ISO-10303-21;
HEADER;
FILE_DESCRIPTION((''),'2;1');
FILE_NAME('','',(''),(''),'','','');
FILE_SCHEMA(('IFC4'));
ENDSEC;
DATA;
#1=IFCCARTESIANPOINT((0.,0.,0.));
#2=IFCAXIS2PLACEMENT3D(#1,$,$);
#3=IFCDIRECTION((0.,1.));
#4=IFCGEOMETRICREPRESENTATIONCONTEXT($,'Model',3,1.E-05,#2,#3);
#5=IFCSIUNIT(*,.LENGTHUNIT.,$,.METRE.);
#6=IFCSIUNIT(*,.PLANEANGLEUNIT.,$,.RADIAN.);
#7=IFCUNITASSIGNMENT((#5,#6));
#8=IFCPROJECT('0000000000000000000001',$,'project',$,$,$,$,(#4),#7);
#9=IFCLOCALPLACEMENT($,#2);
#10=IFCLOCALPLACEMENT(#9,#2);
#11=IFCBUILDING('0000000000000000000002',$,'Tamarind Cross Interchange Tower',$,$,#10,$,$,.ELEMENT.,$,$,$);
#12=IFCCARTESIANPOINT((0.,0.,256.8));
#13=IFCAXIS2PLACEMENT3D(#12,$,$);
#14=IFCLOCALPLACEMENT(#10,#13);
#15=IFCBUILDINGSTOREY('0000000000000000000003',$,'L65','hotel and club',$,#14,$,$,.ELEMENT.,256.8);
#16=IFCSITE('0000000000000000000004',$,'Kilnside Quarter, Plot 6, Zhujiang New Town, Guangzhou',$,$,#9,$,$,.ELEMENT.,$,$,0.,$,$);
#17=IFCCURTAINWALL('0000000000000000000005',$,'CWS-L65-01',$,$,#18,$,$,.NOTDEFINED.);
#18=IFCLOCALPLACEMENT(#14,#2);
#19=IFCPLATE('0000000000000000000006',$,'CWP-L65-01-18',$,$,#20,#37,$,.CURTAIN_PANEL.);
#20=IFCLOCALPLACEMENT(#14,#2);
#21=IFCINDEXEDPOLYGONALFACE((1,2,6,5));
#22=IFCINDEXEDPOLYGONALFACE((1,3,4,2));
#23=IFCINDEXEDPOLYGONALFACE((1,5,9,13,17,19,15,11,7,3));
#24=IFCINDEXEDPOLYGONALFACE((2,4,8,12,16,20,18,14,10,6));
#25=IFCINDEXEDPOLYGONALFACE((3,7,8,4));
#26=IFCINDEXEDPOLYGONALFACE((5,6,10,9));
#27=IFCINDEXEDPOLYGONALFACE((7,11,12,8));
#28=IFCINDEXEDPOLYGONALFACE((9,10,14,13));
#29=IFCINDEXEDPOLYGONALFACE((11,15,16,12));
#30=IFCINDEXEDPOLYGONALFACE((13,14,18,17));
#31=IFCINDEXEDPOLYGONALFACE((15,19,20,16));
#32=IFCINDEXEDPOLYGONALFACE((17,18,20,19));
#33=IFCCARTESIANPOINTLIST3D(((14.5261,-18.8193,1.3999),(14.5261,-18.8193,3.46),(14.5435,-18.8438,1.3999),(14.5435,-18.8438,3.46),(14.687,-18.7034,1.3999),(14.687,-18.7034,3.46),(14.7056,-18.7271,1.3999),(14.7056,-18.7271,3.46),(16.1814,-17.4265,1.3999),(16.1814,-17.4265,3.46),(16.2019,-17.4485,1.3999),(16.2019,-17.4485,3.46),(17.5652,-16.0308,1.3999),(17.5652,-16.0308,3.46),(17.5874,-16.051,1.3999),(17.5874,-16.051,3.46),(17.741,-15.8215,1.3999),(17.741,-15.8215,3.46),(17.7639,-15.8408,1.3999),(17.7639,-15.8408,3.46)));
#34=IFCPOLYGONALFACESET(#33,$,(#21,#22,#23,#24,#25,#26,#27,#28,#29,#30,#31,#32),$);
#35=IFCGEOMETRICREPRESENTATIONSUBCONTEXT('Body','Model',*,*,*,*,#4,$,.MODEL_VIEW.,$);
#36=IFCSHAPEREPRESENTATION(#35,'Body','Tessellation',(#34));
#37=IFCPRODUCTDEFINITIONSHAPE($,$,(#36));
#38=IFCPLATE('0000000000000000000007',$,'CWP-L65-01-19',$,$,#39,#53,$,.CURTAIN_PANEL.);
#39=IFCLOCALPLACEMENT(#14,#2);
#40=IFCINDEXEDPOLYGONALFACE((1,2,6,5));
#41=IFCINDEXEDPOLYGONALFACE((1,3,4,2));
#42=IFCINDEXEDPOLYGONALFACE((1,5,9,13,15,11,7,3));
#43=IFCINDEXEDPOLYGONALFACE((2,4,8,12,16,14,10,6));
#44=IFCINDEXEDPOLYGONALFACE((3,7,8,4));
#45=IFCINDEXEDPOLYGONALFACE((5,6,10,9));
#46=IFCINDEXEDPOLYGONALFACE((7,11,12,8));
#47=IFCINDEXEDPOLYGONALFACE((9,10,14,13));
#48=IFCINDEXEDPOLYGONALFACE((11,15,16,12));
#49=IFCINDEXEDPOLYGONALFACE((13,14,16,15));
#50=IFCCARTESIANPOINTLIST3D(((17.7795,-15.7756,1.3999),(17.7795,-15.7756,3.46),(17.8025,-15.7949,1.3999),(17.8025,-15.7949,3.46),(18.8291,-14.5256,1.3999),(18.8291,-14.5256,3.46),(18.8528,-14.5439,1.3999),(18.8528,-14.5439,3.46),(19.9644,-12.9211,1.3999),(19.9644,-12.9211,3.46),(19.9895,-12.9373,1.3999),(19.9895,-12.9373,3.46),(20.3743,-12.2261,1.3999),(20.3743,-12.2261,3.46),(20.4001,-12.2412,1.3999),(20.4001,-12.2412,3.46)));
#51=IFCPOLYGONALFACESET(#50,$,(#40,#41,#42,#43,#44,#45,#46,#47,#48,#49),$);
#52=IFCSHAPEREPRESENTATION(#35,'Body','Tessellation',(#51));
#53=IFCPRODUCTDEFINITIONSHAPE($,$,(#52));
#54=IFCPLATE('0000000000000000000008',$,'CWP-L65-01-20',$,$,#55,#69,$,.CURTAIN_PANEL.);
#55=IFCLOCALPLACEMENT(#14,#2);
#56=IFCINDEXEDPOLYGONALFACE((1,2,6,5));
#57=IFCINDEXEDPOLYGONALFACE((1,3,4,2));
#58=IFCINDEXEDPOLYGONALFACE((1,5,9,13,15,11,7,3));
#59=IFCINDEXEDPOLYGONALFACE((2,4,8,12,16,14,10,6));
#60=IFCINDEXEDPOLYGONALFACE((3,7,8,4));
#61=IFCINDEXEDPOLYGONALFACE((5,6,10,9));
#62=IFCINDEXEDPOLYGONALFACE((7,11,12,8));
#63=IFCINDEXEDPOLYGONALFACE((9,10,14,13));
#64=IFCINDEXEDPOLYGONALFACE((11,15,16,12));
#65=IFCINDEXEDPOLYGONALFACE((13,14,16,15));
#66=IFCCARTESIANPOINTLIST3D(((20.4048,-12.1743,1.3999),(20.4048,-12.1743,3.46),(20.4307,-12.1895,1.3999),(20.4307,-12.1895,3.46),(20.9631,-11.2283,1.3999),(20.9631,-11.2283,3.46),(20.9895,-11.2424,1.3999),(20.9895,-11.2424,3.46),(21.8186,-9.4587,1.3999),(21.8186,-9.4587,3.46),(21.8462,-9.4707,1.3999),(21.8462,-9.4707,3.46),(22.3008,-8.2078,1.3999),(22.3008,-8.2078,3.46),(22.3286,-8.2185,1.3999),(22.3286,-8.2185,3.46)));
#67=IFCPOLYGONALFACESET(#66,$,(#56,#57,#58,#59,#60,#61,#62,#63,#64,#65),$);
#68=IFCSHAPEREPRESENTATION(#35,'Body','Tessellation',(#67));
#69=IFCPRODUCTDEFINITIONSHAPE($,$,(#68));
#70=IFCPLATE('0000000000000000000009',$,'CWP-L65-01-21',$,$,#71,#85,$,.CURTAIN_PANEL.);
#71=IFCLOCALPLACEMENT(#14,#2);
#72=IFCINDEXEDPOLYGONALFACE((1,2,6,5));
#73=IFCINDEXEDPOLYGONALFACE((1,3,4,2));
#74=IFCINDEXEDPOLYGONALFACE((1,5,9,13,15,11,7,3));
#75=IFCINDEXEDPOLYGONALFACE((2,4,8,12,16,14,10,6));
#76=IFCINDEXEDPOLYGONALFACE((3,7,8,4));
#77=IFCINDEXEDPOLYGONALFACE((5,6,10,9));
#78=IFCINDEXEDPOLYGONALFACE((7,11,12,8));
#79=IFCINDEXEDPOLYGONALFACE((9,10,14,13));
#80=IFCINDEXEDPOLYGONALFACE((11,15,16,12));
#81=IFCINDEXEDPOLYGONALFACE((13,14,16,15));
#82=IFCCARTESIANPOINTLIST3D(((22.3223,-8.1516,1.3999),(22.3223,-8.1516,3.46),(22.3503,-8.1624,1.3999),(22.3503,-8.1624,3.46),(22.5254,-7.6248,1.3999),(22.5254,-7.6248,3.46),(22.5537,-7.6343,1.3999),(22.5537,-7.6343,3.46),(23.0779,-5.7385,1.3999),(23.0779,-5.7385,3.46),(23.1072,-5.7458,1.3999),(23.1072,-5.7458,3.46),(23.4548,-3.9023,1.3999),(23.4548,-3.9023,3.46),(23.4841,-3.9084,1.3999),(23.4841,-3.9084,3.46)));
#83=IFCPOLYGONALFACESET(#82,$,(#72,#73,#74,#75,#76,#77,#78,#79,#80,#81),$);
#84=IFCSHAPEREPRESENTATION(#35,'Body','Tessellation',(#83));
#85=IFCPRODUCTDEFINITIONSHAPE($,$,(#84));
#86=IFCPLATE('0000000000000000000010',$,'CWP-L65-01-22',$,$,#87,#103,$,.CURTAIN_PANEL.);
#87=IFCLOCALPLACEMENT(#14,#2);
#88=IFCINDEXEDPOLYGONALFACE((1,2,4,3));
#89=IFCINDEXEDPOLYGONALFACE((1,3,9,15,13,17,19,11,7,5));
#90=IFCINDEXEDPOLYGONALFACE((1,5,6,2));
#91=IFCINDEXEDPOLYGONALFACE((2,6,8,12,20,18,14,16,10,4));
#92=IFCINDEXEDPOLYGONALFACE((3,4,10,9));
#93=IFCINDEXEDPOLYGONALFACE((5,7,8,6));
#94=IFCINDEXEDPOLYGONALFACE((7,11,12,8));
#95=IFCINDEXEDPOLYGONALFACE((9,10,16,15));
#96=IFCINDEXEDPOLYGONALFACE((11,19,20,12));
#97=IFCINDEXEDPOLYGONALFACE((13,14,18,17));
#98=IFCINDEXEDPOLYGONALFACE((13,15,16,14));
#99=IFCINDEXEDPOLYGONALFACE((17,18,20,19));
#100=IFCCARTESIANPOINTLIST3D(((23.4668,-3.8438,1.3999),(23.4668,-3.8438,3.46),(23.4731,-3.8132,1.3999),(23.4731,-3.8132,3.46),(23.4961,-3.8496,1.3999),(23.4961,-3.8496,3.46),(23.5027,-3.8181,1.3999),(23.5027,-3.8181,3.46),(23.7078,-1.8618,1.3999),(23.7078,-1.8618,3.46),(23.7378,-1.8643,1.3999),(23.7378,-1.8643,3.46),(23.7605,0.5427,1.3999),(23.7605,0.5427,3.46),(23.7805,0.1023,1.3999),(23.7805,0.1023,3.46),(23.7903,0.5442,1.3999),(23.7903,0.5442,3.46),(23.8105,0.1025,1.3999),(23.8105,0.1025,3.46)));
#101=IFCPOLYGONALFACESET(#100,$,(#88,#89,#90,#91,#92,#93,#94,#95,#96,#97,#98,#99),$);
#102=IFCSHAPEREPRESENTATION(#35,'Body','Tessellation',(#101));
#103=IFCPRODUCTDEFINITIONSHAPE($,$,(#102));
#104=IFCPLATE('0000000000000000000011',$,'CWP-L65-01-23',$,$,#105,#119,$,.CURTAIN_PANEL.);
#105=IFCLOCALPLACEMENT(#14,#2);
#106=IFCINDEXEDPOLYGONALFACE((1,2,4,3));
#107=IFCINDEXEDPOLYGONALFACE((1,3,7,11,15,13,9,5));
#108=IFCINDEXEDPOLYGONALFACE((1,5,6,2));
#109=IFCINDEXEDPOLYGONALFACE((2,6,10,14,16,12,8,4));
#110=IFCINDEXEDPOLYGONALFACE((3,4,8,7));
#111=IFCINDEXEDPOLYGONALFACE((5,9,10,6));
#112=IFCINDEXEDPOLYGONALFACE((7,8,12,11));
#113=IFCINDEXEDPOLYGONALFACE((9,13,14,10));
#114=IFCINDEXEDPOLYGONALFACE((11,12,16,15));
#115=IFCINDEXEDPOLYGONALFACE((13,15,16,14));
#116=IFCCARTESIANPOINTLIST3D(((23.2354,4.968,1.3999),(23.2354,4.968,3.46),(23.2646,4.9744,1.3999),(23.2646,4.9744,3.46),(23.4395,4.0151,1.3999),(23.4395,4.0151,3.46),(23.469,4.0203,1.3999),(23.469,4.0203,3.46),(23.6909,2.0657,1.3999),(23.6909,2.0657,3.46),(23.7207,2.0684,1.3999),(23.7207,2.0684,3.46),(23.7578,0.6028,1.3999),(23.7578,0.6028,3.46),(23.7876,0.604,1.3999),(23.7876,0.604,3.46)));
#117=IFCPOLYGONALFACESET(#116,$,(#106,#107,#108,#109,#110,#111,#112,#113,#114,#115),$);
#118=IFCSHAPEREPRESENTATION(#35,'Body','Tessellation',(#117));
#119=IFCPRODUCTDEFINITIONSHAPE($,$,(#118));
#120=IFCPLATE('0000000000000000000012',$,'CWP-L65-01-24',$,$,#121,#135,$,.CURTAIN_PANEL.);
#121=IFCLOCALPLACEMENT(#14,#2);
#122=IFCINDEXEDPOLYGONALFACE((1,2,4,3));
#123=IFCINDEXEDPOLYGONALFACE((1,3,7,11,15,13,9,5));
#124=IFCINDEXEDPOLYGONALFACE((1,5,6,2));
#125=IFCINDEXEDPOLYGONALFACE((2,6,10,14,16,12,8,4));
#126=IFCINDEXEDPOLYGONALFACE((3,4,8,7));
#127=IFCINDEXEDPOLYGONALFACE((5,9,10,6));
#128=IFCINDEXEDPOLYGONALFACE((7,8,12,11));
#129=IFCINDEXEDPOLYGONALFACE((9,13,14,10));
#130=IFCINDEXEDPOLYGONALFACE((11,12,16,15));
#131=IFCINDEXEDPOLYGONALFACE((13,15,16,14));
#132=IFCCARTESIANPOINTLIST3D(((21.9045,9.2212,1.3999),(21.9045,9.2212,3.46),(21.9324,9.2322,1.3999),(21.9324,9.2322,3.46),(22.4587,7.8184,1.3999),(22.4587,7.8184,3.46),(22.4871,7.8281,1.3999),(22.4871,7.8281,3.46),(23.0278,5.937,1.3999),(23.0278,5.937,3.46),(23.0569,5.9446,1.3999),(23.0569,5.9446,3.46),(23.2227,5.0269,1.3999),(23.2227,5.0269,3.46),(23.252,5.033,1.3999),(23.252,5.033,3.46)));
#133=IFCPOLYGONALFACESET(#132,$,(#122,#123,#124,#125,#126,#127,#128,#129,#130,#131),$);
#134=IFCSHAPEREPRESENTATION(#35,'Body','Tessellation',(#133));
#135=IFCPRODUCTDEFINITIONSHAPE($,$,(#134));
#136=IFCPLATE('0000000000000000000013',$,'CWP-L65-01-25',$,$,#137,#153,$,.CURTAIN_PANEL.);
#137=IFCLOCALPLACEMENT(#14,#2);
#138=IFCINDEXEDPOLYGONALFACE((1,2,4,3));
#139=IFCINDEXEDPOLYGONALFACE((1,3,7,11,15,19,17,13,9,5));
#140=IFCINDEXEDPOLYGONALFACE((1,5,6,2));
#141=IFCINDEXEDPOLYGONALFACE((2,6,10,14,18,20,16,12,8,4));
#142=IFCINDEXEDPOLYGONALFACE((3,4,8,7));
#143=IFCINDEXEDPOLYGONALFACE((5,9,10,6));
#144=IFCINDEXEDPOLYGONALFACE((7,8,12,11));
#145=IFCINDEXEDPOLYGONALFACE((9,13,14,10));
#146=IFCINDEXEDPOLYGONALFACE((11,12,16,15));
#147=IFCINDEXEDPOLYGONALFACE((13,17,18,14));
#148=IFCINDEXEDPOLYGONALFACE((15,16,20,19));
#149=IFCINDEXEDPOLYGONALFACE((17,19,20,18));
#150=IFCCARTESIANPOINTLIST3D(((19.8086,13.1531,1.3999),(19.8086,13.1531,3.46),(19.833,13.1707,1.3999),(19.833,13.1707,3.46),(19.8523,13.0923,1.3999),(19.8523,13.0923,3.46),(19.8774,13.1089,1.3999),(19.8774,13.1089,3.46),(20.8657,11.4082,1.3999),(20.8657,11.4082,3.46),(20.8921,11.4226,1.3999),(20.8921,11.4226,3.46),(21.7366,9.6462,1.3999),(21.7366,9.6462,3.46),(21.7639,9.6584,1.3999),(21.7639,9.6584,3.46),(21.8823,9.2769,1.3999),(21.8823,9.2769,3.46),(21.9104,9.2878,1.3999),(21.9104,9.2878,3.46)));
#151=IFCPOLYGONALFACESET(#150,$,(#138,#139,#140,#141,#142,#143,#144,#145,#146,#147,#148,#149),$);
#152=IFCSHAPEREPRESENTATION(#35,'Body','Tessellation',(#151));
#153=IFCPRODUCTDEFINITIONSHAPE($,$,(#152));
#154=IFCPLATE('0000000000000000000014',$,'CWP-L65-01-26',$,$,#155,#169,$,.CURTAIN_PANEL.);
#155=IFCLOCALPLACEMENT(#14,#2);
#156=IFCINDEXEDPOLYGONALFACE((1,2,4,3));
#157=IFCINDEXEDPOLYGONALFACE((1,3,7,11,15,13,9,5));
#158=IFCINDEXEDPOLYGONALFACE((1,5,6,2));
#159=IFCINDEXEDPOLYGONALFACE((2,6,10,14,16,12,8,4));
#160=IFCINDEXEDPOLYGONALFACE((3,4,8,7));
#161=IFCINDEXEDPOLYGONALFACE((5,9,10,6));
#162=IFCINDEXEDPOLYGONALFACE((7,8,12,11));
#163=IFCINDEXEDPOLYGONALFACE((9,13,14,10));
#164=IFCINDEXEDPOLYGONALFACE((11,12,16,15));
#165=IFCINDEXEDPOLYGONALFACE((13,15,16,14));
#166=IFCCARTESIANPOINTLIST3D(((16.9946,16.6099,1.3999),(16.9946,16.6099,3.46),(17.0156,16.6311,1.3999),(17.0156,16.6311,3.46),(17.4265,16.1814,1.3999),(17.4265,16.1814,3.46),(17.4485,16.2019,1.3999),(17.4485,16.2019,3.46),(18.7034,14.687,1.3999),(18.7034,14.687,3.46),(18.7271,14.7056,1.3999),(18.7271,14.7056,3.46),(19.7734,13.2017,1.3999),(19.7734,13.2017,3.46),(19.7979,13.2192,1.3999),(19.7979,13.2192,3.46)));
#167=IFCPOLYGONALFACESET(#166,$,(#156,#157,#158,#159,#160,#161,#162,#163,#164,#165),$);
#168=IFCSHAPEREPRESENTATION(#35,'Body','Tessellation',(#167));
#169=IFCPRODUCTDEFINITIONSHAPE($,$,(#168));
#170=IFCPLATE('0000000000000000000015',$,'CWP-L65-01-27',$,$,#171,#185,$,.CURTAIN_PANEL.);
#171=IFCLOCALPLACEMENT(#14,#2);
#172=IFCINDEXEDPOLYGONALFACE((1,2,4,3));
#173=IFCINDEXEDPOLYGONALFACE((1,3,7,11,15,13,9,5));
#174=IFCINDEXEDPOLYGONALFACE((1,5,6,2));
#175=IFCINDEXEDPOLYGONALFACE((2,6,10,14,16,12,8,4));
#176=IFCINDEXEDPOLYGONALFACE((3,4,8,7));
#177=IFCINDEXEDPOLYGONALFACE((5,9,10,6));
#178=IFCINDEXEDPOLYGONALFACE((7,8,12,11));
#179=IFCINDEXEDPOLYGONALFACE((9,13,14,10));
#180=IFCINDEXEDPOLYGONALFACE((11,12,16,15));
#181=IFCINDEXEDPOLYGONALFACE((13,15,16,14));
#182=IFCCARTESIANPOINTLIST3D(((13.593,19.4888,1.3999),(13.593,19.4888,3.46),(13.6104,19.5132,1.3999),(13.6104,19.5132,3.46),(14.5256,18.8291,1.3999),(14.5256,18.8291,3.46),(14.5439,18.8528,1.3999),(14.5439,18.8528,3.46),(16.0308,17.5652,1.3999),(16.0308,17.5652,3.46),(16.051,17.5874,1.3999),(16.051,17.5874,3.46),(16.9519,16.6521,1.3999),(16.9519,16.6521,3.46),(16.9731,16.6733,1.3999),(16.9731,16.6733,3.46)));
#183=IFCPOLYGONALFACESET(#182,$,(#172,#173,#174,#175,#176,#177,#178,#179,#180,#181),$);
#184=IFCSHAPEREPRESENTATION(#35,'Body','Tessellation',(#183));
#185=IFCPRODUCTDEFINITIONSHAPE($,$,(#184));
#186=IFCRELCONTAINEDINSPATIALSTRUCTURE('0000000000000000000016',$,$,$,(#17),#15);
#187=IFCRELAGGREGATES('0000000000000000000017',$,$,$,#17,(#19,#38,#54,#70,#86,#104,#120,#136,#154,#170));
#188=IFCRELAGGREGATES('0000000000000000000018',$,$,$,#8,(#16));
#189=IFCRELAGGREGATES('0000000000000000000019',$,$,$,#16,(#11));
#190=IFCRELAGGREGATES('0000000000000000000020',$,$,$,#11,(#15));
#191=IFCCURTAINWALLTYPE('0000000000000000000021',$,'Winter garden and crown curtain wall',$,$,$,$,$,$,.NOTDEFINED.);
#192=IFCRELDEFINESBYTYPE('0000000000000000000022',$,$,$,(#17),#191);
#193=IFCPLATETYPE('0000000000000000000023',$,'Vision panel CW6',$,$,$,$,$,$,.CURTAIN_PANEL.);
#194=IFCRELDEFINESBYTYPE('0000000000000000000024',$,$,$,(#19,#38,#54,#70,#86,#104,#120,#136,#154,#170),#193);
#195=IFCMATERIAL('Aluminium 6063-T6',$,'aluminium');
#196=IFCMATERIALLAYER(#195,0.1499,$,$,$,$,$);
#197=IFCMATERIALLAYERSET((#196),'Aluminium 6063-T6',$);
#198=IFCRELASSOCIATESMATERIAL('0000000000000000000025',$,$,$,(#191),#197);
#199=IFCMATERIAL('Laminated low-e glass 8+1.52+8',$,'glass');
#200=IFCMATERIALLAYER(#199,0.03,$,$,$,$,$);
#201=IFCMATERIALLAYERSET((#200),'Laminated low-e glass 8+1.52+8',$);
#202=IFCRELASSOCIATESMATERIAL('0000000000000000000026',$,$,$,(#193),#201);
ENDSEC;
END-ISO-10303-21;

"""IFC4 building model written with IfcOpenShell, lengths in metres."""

from ifc_helpers import new_model, si_unit, direction, frame, origin, place, context, subcontext, project, spatial, polyline, outline, extrude, material, layer, layer_set, type_object, element, aggregate, save


model = new_model("IFC4")

# Units and contexts
model_context = context("Model", 3, precision=1e-05, world=origin(), true_north=direction((0.0, 1.0)))
body_context = subcontext(model_context, "Body", "Model", "MODEL_VIEW")
ifc_project = project(units=[si_unit("LENGTHUNIT", "METRE"), si_unit("PLANEANGLEUNIT", "RADIAN")], contexts=[model_context])

# Site, building, storey
site_placement = place(None, origin())
site = spatial("IfcSite", under=ifc_project, at=site_placement, Name="Kilnside Quarter, Plot 6, Zhujiang New Town, Guangzhou", CompositionType="ELEMENT", RefElevation=0.0)
building_placement = place(site_placement, origin())
building = spatial("IfcBuilding", under=site, at=building_placement, Name="Tamarind Cross Interchange Tower", CompositionType="ELEMENT")
storey_placement = place(building_placement, frame((0.0, 0.0, 256.8)))
storey = spatial("IfcBuildingStorey", under=building, at=storey_placement, Name="L65", Description="hotel and club", CompositionType="ELEMENT", Elevation=256.8)

# Curtain wall, plates
ifc_material_1 = material(Name="Aluminium 6063-T6", Category="aluminium")
ifc_layer_1 = layer(ifc_material_1, 0.1499)
ifc_layer_set_1 = layer_set([ifc_layer_1], Name="Aluminium 6063-T6")
curtain_wall_type = type_object("IfcCurtainWallType", Name="Winter garden and crown curtain wall", PredefinedType="NOTDEFINED", material=ifc_layer_set_1)
curtain_wall_placement = place(storey_placement, origin())
curtain_wall = element("IfcCurtainWall", 1, at=curtain_wall_placement, inside=storey, type_object=curtain_wall_type, Name="CWS-L65-01", PredefinedType="NOTDEFINED")
ifc_material_2 = material(Name="Laminated low-e glass 8+1.52+8", Category="glass")
ifc_layer_2 = layer(ifc_material_2, 0.03)
ifc_layer_set_2 = layer_set([ifc_layer_2], Name="Laminated low-e glass 8+1.52+8")
plate_type = type_object("IfcPlateType", Name="Vision panel CW6", PredefinedType="CURTAIN_PANEL", material=ifc_layer_set_2)
plate_1_placement = place(storey_placement, frame((0.0, 0.0, 1.3999)))
plate_1 = element("IfcPlate", 2, at=plate_1_placement, type_object=plate_type, Name="CWP-L65-01-18", PredefinedType="CURTAIN_PANEL", context=body_context, shape_type="SweptSolid", body=[
    extrude(outline(polyline([(14.5261, -18.8193), (14.687, -18.7034), (16.1814, -17.4265), (17.5652, -16.0308), (17.741, -15.8215), (17.7639, -15.8408), (17.5874, -16.051), (16.2019, -17.4485), (14.7056, -18.7271), (14.5435, -18.8438), (14.5261, -18.8193)])), origin(), (0.0, 0.0, 1.0), 2.0601),
])
plate_2_placement = place(storey_placement, frame((0.0, 0.0, 1.3999)))
plate_2 = element("IfcPlate", 3, at=plate_2_placement, type_object=plate_type, Name="CWP-L65-01-19", PredefinedType="CURTAIN_PANEL", context=body_context, shape_type="SweptSolid", body=[
    extrude(outline(polyline([(17.7795, -15.7756), (18.8291, -14.5256), (19.9644, -12.9211), (20.3743, -12.2261), (20.4001, -12.2412), (19.9895, -12.9373), (18.8528, -14.5439), (17.8025, -15.7949), (17.7795, -15.7756)])), origin(), (0.0, 0.0, 1.0), 2.0601),
])
plate_3_placement = place(storey_placement, frame((0.0, 0.0, 1.3999)))
plate_3 = element("IfcPlate", 4, at=plate_3_placement, type_object=plate_type, Name="CWP-L65-01-20", PredefinedType="CURTAIN_PANEL", context=body_context, shape_type="SweptSolid", body=[
    extrude(outline(polyline([(20.4048, -12.1743), (20.9631, -11.2283), (21.8186, -9.4587), (22.3008, -8.2078), (22.3286, -8.2185), (21.8462, -9.4707), (20.9895, -11.2424), (20.4307, -12.1895), (20.4048, -12.1743)])), origin(), (0.0, 0.0, 1.0), 2.0601),
])
plate_4_placement = place(storey_placement, frame((0.0, 0.0, 1.3999)))
plate_4 = element("IfcPlate", 5, at=plate_4_placement, type_object=plate_type, Name="CWP-L65-01-21", PredefinedType="CURTAIN_PANEL", context=body_context, shape_type="SweptSolid", body=[
    extrude(outline(polyline([(22.3223, -8.1516), (22.5254, -7.6248), (23.0779, -5.7385), (23.4548, -3.9023), (23.4841, -3.9084), (23.1072, -5.7458), (22.5537, -7.6343), (22.3503, -8.1624), (22.3223, -8.1516)])), origin(), (0.0, 0.0, 1.0), 2.0601),
])
plate_5_placement = place(storey_placement, frame((0.0, 0.0, 1.3999)))
plate_5 = element("IfcPlate", 6, at=plate_5_placement, type_object=plate_type, Name="CWP-L65-01-22", PredefinedType="CURTAIN_PANEL", context=body_context, shape_type="SweptSolid", body=[
    extrude(outline(polyline([(23.4668, -3.8438), (23.4731, -3.8132), (23.7078, -1.8618), (23.7805, 0.1023), (23.7605, 0.5427), (23.7903, 0.5442), (23.8105, 0.1025), (23.7378, -1.8643), (23.5027, -3.8181), (23.4961, -3.8496), (23.4668, -3.8438)])), origin(), (0.0, 0.0, 1.0), 2.0601),
])
plate_6_placement = place(storey_placement, frame((0.0, 0.0, 1.3999)))
plate_6 = element("IfcPlate", 7, at=plate_6_placement, type_object=plate_type, Name="CWP-L65-01-23", PredefinedType="CURTAIN_PANEL", context=body_context, shape_type="SweptSolid", body=[
    extrude(outline(polyline([(23.7578, 0.6028), (23.6909, 2.0657), (23.4395, 4.0151), (23.2354, 4.968), (23.2646, 4.9744), (23.469, 4.0203), (23.7207, 2.0684), (23.7876, 0.604), (23.7578, 0.6028)])), origin(), (0.0, 0.0, 1.0), 2.0601),
])
plate_7_placement = place(storey_placement, frame((0.0, 0.0, 1.3999)))
plate_7 = element("IfcPlate", 8, at=plate_7_placement, type_object=plate_type, Name="CWP-L65-01-24", PredefinedType="CURTAIN_PANEL", context=body_context, shape_type="SweptSolid", body=[
    extrude(outline(polyline([(23.2227, 5.0269), (23.0278, 5.937), (22.4587, 7.8184), (21.9045, 9.2212), (21.9324, 9.2322), (22.4871, 7.8281), (23.0569, 5.9446), (23.252, 5.033), (23.2227, 5.0269)])), origin(), (0.0, 0.0, 1.0), 2.0601),
])
plate_8_placement = place(storey_placement, frame((0.0, 0.0, 1.3999)))
plate_8 = element("IfcPlate", 9, at=plate_8_placement, type_object=plate_type, Name="CWP-L65-01-25", PredefinedType="CURTAIN_PANEL", context=body_context, shape_type="SweptSolid", body=[
    extrude(outline(polyline([(21.8823, 9.2769), (21.7366, 9.6462), (20.8657, 11.4082), (19.8523, 13.0923), (19.8086, 13.1531), (19.833, 13.1707), (19.8774, 13.1089), (20.8921, 11.4226), (21.7639, 9.6584), (21.9104, 9.2878), (21.8823, 9.2769)])), origin(), (0.0, 0.0, 1.0), 2.0601),
])
plate_9_placement = place(storey_placement, frame((0.0, 0.0, 1.3999)))
plate_9 = element("IfcPlate", 10, at=plate_9_placement, type_object=plate_type, Name="CWP-L65-01-26", PredefinedType="CURTAIN_PANEL", context=body_context, shape_type="SweptSolid", body=[
    extrude(outline(polyline([(19.7734, 13.2017), (18.7034, 14.687), (17.4265, 16.1814), (16.9946, 16.6099), (17.0156, 16.6311), (17.4485, 16.2019), (18.7271, 14.7056), (19.7979, 13.2192), (19.7734, 13.2017)])), origin(), (0.0, 0.0, 1.0), 2.0601),
])
plate_10_placement = place(storey_placement, frame((0.0, 0.0, 1.3999)))
plate_10 = element("IfcPlate", 11, at=plate_10_placement, type_object=plate_type, Name="CWP-L65-01-27", PredefinedType="CURTAIN_PANEL", context=body_context, shape_type="SweptSolid", body=[
    extrude(outline(polyline([(16.9519, 16.6521), (16.0308, 17.5652), (14.5256, 18.8291), (13.593, 19.4888), (13.6104, 19.5132), (14.5439, 18.8528), (16.051, 17.5874), (16.9731, 16.6733), (16.9519, 16.6521)])), origin(), (0.0, 0.0, 1.0), 2.0601),
])
aggregate(curtain_wall, [plate_1, plate_2, plate_3, plate_4, plate_5, plate_6, plate_7, plate_8, plate_9, plate_10])

save(model, "model.ifc")
